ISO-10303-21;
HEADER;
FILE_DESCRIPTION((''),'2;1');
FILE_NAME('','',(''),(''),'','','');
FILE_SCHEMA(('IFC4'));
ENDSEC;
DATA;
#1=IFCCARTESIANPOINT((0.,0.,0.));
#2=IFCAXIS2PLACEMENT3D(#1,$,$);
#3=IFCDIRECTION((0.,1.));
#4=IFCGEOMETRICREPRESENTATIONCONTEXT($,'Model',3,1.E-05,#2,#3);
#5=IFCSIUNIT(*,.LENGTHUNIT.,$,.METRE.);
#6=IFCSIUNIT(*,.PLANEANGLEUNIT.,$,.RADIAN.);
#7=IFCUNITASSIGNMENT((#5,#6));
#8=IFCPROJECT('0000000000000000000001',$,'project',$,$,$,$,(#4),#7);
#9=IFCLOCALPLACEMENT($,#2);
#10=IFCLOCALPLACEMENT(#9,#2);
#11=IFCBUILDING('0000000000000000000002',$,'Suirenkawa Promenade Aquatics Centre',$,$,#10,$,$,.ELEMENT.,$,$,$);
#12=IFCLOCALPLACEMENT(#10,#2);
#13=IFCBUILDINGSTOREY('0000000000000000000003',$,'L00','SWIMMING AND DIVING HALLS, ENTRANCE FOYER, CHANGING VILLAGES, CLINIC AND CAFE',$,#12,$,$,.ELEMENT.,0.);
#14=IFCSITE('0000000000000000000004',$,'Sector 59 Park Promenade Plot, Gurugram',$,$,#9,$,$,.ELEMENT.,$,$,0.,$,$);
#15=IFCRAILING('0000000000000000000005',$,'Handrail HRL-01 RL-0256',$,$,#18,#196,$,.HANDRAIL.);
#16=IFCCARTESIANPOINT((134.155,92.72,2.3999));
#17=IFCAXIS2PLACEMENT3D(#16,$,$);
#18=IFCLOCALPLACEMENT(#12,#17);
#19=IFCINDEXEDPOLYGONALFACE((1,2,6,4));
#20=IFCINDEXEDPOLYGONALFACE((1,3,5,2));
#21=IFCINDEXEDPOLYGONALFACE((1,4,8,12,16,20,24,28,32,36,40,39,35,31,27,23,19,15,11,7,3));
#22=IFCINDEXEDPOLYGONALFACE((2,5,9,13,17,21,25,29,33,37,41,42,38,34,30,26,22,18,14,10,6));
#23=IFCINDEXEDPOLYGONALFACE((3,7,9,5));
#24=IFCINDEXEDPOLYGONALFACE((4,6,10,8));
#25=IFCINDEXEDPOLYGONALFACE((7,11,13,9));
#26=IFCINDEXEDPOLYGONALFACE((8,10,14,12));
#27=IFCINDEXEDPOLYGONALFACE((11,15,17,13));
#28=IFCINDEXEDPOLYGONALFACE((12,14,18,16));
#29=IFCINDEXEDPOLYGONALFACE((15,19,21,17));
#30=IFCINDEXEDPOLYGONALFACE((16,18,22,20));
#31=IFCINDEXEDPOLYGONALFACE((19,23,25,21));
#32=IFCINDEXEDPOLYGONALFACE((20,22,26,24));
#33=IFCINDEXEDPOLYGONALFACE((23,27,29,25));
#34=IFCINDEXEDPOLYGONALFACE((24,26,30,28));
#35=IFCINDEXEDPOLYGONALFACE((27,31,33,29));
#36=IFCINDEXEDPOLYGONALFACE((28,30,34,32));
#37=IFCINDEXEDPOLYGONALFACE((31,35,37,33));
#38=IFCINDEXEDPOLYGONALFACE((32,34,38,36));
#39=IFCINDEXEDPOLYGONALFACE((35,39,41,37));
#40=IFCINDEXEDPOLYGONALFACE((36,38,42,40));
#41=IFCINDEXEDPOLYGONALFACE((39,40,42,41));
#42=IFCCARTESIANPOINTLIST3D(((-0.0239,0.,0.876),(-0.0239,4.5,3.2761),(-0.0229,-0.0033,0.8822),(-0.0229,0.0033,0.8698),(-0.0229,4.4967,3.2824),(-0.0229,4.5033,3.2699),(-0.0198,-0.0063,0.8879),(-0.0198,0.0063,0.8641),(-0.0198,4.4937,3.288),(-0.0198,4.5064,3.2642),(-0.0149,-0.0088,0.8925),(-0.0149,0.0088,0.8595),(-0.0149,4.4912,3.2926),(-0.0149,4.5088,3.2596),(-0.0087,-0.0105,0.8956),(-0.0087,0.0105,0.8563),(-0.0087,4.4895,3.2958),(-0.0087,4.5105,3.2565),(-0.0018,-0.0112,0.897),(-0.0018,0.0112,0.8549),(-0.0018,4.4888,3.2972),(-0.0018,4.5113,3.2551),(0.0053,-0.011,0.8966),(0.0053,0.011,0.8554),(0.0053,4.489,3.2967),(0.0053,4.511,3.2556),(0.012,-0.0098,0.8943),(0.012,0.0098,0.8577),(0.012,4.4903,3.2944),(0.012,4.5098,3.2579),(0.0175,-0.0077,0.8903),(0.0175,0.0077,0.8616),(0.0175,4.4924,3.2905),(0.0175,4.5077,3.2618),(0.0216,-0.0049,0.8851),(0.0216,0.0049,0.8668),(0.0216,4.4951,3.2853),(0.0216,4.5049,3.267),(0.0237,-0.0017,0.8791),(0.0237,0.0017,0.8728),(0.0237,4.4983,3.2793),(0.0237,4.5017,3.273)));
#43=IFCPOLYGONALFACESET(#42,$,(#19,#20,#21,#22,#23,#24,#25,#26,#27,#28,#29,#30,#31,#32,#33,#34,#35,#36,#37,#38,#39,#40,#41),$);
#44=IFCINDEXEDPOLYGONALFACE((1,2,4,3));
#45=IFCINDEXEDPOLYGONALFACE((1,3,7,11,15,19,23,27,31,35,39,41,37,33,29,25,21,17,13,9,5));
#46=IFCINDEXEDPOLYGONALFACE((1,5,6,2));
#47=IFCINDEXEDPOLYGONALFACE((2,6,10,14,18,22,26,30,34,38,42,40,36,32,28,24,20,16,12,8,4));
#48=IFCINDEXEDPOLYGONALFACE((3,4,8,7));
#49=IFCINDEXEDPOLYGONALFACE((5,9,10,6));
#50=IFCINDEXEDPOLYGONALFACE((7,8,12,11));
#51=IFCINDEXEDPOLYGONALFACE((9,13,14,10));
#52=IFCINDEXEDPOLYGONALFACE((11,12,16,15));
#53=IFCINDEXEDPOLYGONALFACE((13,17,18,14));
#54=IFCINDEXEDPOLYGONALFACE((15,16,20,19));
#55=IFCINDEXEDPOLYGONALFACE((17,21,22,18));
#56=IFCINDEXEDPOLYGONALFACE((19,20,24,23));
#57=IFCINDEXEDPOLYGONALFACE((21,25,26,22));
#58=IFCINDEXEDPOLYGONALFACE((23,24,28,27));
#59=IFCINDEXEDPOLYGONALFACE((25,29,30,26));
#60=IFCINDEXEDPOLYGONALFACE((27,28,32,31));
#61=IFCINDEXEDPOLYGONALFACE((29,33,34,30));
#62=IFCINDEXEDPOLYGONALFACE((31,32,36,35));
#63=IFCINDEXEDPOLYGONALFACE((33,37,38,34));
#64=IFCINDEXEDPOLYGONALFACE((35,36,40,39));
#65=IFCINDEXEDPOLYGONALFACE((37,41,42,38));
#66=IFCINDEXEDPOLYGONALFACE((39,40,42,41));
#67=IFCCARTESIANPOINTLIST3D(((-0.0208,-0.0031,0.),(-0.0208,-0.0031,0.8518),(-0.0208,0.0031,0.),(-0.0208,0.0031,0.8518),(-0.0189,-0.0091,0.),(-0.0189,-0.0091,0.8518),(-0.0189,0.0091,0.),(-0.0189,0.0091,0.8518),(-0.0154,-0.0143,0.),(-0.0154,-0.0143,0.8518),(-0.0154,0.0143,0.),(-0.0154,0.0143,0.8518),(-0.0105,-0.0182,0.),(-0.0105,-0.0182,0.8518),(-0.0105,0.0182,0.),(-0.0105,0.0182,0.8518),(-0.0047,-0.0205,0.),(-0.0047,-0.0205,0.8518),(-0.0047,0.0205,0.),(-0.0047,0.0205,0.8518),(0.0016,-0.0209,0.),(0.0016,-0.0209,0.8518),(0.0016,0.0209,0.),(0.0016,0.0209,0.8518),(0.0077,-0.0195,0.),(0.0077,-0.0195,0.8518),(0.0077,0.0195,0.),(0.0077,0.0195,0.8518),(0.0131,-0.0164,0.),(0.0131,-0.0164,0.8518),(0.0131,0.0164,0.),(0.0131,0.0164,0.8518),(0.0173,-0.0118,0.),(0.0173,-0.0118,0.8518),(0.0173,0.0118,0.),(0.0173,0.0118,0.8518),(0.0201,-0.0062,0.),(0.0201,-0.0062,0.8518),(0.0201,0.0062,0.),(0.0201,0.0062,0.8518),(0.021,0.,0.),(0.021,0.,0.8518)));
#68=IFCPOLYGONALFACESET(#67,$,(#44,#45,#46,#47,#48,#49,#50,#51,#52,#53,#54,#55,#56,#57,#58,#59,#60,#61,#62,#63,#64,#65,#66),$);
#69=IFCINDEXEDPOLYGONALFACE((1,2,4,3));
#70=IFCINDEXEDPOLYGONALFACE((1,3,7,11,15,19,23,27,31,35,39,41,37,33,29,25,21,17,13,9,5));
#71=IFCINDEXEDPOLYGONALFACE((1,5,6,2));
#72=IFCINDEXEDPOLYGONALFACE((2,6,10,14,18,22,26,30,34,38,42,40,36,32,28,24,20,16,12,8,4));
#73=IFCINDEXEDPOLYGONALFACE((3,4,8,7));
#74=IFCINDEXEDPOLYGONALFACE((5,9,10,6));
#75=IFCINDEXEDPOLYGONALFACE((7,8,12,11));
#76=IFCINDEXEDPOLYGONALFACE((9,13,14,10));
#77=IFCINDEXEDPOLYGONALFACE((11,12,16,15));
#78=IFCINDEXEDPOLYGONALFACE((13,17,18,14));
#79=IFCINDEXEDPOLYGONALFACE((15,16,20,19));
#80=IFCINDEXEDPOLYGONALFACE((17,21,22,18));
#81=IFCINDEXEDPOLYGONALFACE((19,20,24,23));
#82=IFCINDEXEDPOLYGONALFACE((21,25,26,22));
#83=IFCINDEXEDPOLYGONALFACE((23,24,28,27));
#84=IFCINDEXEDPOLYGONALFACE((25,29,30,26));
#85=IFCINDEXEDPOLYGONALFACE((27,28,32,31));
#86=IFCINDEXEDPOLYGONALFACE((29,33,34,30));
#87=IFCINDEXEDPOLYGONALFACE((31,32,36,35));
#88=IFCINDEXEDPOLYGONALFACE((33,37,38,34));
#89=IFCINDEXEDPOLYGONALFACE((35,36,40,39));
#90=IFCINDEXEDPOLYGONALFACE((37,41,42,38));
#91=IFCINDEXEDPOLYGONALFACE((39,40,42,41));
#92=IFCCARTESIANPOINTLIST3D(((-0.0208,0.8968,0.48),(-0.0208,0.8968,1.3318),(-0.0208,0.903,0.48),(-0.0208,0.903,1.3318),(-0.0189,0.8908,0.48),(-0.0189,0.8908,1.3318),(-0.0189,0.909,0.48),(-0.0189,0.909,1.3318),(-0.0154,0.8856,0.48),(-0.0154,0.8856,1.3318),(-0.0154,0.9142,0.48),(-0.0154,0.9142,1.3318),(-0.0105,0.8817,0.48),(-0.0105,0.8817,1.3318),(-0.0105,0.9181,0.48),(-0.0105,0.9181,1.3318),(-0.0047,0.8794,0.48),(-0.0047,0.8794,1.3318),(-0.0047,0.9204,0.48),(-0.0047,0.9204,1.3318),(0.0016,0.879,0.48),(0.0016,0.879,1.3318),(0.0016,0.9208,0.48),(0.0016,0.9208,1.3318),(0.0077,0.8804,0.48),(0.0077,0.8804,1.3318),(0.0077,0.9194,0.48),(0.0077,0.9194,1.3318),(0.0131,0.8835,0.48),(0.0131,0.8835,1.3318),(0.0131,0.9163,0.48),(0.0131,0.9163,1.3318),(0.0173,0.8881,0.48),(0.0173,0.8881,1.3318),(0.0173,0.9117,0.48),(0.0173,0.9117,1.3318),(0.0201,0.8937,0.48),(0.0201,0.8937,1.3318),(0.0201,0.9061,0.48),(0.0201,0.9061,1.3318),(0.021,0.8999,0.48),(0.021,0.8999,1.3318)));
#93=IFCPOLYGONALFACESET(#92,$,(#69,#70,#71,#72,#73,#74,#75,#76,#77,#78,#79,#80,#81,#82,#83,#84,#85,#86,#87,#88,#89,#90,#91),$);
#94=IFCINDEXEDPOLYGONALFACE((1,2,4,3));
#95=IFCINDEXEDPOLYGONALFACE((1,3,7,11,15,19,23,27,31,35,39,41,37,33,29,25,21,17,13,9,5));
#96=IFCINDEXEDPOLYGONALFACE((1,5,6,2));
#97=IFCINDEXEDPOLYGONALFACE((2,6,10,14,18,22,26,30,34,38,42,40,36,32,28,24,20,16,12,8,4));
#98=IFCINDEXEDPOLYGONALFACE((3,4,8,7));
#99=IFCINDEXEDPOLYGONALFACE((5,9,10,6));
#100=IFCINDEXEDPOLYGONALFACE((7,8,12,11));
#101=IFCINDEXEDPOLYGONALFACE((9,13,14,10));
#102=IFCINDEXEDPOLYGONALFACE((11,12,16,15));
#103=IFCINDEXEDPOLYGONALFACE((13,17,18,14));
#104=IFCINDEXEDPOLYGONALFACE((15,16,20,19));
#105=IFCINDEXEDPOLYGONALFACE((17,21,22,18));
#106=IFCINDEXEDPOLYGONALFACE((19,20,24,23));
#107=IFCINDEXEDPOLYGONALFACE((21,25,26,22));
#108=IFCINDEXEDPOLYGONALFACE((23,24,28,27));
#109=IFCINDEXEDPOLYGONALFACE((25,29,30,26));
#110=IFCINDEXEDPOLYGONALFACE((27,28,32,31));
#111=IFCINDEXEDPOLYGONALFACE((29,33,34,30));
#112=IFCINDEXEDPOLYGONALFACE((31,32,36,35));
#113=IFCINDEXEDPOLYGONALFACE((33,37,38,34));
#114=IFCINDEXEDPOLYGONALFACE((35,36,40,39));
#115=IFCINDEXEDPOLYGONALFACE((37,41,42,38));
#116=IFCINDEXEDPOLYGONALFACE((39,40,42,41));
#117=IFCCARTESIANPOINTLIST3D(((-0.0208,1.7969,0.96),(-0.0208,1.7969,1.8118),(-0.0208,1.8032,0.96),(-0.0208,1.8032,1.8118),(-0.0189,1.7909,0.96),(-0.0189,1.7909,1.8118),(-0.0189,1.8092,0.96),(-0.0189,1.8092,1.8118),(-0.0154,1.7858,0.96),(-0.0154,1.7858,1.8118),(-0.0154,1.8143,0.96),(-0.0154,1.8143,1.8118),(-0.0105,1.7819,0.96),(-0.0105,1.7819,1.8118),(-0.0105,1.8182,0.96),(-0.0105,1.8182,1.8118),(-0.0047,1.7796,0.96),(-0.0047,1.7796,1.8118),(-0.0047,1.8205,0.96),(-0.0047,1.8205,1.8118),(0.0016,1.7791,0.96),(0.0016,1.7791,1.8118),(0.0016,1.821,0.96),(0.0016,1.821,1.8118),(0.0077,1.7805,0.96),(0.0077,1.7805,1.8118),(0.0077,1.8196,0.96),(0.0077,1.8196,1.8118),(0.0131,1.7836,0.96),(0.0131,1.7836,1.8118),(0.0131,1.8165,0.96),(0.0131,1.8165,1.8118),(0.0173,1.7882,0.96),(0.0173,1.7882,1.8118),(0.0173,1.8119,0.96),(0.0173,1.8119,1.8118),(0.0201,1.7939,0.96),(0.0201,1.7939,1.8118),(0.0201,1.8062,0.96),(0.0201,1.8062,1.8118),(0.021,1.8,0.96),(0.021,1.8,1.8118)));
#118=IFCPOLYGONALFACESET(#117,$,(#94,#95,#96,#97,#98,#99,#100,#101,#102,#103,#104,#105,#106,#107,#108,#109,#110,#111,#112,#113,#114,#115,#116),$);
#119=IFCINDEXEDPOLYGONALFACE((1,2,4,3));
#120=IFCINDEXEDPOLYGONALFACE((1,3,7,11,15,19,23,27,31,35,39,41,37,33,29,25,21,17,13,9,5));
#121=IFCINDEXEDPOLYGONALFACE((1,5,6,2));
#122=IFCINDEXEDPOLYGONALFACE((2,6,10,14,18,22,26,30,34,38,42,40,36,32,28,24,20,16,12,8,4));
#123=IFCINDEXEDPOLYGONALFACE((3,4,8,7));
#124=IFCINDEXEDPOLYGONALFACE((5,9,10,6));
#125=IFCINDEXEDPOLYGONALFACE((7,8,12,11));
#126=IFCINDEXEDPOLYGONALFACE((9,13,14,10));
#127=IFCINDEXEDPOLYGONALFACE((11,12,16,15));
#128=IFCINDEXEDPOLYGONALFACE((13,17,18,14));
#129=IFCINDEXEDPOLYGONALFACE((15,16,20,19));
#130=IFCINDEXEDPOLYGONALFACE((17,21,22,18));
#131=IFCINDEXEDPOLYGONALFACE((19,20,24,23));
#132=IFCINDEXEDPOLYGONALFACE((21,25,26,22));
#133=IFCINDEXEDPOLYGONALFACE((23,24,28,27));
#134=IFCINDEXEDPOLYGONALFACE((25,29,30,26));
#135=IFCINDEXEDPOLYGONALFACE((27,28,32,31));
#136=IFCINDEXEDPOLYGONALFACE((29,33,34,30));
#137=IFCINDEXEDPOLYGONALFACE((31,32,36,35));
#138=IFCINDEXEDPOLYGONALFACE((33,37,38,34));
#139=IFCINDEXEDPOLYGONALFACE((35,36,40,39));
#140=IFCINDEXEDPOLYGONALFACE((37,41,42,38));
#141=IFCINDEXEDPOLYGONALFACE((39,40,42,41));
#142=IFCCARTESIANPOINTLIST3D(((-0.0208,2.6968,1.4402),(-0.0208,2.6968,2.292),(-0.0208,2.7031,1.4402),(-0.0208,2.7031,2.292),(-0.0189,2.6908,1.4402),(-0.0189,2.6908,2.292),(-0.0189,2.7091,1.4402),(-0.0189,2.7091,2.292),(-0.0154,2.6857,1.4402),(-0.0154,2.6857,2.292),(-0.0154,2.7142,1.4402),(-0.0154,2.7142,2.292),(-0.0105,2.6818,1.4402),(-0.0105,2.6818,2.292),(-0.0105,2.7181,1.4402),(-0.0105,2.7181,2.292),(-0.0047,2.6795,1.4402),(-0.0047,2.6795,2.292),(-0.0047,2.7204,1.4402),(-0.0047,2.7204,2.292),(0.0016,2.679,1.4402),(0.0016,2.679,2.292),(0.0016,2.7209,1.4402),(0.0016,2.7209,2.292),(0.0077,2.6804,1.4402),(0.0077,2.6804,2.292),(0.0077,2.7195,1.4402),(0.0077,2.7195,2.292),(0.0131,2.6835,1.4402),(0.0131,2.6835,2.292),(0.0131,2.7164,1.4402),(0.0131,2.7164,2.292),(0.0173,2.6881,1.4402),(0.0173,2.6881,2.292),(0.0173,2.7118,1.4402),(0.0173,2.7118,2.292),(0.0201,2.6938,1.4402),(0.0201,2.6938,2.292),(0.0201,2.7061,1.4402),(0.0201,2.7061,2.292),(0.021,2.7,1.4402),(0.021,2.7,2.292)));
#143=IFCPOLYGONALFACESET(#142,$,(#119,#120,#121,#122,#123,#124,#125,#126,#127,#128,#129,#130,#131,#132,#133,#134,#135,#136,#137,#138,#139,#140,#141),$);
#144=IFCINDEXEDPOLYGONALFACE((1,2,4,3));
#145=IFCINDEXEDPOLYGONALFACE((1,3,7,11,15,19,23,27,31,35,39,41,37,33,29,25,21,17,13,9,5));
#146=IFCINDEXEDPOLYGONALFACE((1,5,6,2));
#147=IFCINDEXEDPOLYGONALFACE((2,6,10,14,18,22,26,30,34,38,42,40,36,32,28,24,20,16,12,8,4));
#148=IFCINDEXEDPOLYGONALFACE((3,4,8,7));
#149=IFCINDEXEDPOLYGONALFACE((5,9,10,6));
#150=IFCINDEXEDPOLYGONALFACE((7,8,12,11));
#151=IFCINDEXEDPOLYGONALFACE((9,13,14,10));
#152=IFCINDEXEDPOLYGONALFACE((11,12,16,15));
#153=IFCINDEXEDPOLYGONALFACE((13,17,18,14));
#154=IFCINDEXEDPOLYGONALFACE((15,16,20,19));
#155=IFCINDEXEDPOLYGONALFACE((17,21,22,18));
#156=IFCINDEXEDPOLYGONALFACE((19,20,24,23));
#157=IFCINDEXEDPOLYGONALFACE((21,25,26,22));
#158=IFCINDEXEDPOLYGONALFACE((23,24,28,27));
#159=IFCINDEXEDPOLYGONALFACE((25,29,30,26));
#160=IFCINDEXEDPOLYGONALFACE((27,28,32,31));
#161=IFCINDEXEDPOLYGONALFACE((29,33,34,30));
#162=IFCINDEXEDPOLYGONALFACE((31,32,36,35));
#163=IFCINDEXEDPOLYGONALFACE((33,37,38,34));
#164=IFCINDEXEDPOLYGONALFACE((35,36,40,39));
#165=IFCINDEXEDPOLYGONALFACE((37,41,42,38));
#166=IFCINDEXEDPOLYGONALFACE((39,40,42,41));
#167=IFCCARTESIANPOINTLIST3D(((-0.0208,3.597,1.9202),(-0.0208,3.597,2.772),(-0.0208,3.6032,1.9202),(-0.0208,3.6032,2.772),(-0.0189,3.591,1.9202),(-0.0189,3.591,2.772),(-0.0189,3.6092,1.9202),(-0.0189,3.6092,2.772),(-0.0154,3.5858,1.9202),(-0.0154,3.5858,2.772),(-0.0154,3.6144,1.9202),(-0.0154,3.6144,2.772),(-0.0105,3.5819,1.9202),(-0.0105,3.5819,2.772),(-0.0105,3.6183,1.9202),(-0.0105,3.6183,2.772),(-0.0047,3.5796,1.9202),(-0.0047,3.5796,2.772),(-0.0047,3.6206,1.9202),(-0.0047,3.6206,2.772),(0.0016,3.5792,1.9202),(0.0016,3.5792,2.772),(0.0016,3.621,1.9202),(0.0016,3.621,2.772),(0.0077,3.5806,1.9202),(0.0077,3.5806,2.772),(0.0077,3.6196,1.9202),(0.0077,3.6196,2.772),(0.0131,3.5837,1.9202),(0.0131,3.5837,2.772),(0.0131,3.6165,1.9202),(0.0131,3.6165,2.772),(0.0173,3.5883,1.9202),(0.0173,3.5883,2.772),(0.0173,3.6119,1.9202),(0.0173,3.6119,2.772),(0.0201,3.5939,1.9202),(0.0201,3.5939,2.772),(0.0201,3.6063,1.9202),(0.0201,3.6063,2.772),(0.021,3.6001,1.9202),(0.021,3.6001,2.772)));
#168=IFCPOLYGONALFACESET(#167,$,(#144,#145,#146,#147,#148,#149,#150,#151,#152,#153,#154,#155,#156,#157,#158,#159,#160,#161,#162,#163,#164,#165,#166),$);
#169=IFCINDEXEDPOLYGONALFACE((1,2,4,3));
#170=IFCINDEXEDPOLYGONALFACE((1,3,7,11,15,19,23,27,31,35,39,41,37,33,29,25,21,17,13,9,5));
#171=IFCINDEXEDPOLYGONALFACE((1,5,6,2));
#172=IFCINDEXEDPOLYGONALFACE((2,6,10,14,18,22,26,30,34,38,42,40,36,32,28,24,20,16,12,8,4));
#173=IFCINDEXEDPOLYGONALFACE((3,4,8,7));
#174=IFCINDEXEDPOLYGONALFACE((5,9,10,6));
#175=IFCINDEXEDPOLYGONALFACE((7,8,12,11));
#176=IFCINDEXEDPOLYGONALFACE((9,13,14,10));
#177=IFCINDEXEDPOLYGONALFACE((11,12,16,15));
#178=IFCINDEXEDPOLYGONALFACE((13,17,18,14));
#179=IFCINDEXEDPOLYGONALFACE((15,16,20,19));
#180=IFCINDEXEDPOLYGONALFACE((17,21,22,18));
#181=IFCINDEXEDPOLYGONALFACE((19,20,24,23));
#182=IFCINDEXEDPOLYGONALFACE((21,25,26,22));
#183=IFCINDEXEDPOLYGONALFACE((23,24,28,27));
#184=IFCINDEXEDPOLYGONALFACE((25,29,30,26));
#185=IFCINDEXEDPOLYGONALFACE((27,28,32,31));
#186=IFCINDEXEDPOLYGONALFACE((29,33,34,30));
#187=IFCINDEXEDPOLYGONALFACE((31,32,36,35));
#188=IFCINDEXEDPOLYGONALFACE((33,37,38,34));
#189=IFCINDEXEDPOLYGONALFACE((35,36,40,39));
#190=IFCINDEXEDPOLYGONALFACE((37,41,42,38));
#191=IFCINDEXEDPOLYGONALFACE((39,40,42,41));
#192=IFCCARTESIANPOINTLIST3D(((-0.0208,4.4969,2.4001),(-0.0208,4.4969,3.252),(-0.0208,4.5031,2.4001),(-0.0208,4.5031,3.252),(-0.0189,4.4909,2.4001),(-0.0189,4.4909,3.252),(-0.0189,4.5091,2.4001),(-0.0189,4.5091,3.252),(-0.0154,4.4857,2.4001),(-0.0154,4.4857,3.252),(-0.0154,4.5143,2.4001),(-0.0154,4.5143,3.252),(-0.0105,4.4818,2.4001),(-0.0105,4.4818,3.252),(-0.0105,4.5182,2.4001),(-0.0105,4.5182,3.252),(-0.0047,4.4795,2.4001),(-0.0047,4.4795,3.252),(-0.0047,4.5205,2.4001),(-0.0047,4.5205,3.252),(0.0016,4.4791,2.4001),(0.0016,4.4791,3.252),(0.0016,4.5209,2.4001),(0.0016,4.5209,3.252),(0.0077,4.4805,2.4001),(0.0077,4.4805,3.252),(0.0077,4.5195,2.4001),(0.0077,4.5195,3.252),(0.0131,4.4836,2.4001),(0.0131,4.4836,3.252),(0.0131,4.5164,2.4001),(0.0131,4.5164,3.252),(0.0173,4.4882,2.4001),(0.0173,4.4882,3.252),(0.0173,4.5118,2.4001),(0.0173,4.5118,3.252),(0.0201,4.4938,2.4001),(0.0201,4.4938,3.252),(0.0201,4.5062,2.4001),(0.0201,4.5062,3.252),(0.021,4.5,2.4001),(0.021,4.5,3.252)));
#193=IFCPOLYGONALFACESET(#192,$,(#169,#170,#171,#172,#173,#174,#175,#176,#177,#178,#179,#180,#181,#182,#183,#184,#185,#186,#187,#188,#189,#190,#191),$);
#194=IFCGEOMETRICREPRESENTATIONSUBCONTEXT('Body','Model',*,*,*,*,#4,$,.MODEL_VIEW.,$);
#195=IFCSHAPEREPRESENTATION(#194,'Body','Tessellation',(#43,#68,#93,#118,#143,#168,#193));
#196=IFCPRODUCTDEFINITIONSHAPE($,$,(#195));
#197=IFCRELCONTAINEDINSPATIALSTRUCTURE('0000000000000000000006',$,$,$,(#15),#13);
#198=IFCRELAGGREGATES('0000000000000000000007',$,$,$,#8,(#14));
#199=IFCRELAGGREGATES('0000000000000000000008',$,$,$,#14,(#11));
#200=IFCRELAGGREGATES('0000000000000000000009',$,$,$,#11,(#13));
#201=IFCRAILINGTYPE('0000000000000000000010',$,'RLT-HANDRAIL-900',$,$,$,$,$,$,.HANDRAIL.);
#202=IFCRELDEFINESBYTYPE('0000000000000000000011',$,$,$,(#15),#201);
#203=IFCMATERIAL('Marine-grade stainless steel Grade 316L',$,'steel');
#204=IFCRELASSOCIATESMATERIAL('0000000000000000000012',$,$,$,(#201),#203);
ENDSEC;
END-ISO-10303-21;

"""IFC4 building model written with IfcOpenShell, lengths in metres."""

from ifc_helpers import new_model, si_unit, direction, frame, origin, origin_2d, place, context, subcontext, project, spatial, circle, extrude, material, type_object, element, save


model = new_model("IFC4")

# Units and contexts
model_context = context("Model", 3, precision=1e-05, world=origin(), true_north=direction((0.0, 1.0)))
body_context = subcontext(model_context, "Body", "Model", "MODEL_VIEW")
ifc_project = project(units=[si_unit("LENGTHUNIT", "METRE"), si_unit("PLANEANGLEUNIT", "RADIAN")], contexts=[model_context])

# Site, building, storey
site_placement = place(None, origin())
site = spatial("IfcSite", under=ifc_project, at=site_placement, Name="Sector 59 Park Promenade Plot, Gurugram", CompositionType="ELEMENT", RefElevation=0.0)
building_placement = place(site_placement, origin())
building = spatial("IfcBuilding", under=site, at=building_placement, Name="Suirenkawa Promenade Aquatics Centre", CompositionType="ELEMENT")
storey_placement = place(building_placement, origin())
storey = spatial("IfcBuildingStorey", under=building, at=storey_placement, Name="L00", Description="SWIMMING AND DIVING HALLS, ENTRANCE FOYER, CHANGING VILLAGES, CLINIC AND CAFE", CompositionType="ELEMENT", Elevation=0.0)

# Railing
ifc_material_1 = material(Name="Marine-grade stainless steel Grade 316L", Category="steel")
railing_type_1 = type_object("IfcRailingType", Name="RLT-HANDRAIL-900", PredefinedType="HANDRAIL", material=ifc_material_1)
for number, where, name in (
    (1, (134.155, 92.72, 2.3999), "Handrail HRL-01 RL-0256"),
):
    element("IfcRailing", number, at=place(storey_placement, frame(where)), inside=storey, type_object=railing_type_1, Name=name, PredefinedType="HANDRAIL", context=body_context, shape_type="SweptSolid", body=[
        extrude(circle(Radius=0.0239, at=origin_2d()), frame((0.0, 0.0, 0.876), z_axis=(0.0, 0.882341, 0.470611), x_axis=(-1.0, 0.0, 0.0)), (0.0, 0.0, 1.0), 5.1001),
        extrude(circle(Radius=0.021, at=origin_2d()), origin(), (0.0, 0.0, 1.0), 0.8518),
        extrude(circle(Radius=0.021, at=origin_2d()), frame((0.0, 0.8999, 0.48)), (0.0, 0.0, 1.0), 0.8518),
        extrude(circle(Radius=0.021, at=origin_2d()), frame((0.0, 1.8, 0.96)), (0.0, 0.0, 1.0), 0.8518),
        extrude(circle(Radius=0.021, at=origin_2d()), frame((0.0, 2.7, 1.4402)), (0.0, 0.0, 1.0), 0.8518),
        extrude(circle(Radius=0.021, at=origin_2d()), frame((0.0, 3.6001, 1.9202)), (0.0, 0.0, 1.0), 0.8518),
        extrude(circle(Radius=0.021, at=origin_2d()), frame((0.0, 4.5, 2.4001)), (0.0, 0.0, 1.0), 0.8518),
    ])

save(model, "model.ifc")
